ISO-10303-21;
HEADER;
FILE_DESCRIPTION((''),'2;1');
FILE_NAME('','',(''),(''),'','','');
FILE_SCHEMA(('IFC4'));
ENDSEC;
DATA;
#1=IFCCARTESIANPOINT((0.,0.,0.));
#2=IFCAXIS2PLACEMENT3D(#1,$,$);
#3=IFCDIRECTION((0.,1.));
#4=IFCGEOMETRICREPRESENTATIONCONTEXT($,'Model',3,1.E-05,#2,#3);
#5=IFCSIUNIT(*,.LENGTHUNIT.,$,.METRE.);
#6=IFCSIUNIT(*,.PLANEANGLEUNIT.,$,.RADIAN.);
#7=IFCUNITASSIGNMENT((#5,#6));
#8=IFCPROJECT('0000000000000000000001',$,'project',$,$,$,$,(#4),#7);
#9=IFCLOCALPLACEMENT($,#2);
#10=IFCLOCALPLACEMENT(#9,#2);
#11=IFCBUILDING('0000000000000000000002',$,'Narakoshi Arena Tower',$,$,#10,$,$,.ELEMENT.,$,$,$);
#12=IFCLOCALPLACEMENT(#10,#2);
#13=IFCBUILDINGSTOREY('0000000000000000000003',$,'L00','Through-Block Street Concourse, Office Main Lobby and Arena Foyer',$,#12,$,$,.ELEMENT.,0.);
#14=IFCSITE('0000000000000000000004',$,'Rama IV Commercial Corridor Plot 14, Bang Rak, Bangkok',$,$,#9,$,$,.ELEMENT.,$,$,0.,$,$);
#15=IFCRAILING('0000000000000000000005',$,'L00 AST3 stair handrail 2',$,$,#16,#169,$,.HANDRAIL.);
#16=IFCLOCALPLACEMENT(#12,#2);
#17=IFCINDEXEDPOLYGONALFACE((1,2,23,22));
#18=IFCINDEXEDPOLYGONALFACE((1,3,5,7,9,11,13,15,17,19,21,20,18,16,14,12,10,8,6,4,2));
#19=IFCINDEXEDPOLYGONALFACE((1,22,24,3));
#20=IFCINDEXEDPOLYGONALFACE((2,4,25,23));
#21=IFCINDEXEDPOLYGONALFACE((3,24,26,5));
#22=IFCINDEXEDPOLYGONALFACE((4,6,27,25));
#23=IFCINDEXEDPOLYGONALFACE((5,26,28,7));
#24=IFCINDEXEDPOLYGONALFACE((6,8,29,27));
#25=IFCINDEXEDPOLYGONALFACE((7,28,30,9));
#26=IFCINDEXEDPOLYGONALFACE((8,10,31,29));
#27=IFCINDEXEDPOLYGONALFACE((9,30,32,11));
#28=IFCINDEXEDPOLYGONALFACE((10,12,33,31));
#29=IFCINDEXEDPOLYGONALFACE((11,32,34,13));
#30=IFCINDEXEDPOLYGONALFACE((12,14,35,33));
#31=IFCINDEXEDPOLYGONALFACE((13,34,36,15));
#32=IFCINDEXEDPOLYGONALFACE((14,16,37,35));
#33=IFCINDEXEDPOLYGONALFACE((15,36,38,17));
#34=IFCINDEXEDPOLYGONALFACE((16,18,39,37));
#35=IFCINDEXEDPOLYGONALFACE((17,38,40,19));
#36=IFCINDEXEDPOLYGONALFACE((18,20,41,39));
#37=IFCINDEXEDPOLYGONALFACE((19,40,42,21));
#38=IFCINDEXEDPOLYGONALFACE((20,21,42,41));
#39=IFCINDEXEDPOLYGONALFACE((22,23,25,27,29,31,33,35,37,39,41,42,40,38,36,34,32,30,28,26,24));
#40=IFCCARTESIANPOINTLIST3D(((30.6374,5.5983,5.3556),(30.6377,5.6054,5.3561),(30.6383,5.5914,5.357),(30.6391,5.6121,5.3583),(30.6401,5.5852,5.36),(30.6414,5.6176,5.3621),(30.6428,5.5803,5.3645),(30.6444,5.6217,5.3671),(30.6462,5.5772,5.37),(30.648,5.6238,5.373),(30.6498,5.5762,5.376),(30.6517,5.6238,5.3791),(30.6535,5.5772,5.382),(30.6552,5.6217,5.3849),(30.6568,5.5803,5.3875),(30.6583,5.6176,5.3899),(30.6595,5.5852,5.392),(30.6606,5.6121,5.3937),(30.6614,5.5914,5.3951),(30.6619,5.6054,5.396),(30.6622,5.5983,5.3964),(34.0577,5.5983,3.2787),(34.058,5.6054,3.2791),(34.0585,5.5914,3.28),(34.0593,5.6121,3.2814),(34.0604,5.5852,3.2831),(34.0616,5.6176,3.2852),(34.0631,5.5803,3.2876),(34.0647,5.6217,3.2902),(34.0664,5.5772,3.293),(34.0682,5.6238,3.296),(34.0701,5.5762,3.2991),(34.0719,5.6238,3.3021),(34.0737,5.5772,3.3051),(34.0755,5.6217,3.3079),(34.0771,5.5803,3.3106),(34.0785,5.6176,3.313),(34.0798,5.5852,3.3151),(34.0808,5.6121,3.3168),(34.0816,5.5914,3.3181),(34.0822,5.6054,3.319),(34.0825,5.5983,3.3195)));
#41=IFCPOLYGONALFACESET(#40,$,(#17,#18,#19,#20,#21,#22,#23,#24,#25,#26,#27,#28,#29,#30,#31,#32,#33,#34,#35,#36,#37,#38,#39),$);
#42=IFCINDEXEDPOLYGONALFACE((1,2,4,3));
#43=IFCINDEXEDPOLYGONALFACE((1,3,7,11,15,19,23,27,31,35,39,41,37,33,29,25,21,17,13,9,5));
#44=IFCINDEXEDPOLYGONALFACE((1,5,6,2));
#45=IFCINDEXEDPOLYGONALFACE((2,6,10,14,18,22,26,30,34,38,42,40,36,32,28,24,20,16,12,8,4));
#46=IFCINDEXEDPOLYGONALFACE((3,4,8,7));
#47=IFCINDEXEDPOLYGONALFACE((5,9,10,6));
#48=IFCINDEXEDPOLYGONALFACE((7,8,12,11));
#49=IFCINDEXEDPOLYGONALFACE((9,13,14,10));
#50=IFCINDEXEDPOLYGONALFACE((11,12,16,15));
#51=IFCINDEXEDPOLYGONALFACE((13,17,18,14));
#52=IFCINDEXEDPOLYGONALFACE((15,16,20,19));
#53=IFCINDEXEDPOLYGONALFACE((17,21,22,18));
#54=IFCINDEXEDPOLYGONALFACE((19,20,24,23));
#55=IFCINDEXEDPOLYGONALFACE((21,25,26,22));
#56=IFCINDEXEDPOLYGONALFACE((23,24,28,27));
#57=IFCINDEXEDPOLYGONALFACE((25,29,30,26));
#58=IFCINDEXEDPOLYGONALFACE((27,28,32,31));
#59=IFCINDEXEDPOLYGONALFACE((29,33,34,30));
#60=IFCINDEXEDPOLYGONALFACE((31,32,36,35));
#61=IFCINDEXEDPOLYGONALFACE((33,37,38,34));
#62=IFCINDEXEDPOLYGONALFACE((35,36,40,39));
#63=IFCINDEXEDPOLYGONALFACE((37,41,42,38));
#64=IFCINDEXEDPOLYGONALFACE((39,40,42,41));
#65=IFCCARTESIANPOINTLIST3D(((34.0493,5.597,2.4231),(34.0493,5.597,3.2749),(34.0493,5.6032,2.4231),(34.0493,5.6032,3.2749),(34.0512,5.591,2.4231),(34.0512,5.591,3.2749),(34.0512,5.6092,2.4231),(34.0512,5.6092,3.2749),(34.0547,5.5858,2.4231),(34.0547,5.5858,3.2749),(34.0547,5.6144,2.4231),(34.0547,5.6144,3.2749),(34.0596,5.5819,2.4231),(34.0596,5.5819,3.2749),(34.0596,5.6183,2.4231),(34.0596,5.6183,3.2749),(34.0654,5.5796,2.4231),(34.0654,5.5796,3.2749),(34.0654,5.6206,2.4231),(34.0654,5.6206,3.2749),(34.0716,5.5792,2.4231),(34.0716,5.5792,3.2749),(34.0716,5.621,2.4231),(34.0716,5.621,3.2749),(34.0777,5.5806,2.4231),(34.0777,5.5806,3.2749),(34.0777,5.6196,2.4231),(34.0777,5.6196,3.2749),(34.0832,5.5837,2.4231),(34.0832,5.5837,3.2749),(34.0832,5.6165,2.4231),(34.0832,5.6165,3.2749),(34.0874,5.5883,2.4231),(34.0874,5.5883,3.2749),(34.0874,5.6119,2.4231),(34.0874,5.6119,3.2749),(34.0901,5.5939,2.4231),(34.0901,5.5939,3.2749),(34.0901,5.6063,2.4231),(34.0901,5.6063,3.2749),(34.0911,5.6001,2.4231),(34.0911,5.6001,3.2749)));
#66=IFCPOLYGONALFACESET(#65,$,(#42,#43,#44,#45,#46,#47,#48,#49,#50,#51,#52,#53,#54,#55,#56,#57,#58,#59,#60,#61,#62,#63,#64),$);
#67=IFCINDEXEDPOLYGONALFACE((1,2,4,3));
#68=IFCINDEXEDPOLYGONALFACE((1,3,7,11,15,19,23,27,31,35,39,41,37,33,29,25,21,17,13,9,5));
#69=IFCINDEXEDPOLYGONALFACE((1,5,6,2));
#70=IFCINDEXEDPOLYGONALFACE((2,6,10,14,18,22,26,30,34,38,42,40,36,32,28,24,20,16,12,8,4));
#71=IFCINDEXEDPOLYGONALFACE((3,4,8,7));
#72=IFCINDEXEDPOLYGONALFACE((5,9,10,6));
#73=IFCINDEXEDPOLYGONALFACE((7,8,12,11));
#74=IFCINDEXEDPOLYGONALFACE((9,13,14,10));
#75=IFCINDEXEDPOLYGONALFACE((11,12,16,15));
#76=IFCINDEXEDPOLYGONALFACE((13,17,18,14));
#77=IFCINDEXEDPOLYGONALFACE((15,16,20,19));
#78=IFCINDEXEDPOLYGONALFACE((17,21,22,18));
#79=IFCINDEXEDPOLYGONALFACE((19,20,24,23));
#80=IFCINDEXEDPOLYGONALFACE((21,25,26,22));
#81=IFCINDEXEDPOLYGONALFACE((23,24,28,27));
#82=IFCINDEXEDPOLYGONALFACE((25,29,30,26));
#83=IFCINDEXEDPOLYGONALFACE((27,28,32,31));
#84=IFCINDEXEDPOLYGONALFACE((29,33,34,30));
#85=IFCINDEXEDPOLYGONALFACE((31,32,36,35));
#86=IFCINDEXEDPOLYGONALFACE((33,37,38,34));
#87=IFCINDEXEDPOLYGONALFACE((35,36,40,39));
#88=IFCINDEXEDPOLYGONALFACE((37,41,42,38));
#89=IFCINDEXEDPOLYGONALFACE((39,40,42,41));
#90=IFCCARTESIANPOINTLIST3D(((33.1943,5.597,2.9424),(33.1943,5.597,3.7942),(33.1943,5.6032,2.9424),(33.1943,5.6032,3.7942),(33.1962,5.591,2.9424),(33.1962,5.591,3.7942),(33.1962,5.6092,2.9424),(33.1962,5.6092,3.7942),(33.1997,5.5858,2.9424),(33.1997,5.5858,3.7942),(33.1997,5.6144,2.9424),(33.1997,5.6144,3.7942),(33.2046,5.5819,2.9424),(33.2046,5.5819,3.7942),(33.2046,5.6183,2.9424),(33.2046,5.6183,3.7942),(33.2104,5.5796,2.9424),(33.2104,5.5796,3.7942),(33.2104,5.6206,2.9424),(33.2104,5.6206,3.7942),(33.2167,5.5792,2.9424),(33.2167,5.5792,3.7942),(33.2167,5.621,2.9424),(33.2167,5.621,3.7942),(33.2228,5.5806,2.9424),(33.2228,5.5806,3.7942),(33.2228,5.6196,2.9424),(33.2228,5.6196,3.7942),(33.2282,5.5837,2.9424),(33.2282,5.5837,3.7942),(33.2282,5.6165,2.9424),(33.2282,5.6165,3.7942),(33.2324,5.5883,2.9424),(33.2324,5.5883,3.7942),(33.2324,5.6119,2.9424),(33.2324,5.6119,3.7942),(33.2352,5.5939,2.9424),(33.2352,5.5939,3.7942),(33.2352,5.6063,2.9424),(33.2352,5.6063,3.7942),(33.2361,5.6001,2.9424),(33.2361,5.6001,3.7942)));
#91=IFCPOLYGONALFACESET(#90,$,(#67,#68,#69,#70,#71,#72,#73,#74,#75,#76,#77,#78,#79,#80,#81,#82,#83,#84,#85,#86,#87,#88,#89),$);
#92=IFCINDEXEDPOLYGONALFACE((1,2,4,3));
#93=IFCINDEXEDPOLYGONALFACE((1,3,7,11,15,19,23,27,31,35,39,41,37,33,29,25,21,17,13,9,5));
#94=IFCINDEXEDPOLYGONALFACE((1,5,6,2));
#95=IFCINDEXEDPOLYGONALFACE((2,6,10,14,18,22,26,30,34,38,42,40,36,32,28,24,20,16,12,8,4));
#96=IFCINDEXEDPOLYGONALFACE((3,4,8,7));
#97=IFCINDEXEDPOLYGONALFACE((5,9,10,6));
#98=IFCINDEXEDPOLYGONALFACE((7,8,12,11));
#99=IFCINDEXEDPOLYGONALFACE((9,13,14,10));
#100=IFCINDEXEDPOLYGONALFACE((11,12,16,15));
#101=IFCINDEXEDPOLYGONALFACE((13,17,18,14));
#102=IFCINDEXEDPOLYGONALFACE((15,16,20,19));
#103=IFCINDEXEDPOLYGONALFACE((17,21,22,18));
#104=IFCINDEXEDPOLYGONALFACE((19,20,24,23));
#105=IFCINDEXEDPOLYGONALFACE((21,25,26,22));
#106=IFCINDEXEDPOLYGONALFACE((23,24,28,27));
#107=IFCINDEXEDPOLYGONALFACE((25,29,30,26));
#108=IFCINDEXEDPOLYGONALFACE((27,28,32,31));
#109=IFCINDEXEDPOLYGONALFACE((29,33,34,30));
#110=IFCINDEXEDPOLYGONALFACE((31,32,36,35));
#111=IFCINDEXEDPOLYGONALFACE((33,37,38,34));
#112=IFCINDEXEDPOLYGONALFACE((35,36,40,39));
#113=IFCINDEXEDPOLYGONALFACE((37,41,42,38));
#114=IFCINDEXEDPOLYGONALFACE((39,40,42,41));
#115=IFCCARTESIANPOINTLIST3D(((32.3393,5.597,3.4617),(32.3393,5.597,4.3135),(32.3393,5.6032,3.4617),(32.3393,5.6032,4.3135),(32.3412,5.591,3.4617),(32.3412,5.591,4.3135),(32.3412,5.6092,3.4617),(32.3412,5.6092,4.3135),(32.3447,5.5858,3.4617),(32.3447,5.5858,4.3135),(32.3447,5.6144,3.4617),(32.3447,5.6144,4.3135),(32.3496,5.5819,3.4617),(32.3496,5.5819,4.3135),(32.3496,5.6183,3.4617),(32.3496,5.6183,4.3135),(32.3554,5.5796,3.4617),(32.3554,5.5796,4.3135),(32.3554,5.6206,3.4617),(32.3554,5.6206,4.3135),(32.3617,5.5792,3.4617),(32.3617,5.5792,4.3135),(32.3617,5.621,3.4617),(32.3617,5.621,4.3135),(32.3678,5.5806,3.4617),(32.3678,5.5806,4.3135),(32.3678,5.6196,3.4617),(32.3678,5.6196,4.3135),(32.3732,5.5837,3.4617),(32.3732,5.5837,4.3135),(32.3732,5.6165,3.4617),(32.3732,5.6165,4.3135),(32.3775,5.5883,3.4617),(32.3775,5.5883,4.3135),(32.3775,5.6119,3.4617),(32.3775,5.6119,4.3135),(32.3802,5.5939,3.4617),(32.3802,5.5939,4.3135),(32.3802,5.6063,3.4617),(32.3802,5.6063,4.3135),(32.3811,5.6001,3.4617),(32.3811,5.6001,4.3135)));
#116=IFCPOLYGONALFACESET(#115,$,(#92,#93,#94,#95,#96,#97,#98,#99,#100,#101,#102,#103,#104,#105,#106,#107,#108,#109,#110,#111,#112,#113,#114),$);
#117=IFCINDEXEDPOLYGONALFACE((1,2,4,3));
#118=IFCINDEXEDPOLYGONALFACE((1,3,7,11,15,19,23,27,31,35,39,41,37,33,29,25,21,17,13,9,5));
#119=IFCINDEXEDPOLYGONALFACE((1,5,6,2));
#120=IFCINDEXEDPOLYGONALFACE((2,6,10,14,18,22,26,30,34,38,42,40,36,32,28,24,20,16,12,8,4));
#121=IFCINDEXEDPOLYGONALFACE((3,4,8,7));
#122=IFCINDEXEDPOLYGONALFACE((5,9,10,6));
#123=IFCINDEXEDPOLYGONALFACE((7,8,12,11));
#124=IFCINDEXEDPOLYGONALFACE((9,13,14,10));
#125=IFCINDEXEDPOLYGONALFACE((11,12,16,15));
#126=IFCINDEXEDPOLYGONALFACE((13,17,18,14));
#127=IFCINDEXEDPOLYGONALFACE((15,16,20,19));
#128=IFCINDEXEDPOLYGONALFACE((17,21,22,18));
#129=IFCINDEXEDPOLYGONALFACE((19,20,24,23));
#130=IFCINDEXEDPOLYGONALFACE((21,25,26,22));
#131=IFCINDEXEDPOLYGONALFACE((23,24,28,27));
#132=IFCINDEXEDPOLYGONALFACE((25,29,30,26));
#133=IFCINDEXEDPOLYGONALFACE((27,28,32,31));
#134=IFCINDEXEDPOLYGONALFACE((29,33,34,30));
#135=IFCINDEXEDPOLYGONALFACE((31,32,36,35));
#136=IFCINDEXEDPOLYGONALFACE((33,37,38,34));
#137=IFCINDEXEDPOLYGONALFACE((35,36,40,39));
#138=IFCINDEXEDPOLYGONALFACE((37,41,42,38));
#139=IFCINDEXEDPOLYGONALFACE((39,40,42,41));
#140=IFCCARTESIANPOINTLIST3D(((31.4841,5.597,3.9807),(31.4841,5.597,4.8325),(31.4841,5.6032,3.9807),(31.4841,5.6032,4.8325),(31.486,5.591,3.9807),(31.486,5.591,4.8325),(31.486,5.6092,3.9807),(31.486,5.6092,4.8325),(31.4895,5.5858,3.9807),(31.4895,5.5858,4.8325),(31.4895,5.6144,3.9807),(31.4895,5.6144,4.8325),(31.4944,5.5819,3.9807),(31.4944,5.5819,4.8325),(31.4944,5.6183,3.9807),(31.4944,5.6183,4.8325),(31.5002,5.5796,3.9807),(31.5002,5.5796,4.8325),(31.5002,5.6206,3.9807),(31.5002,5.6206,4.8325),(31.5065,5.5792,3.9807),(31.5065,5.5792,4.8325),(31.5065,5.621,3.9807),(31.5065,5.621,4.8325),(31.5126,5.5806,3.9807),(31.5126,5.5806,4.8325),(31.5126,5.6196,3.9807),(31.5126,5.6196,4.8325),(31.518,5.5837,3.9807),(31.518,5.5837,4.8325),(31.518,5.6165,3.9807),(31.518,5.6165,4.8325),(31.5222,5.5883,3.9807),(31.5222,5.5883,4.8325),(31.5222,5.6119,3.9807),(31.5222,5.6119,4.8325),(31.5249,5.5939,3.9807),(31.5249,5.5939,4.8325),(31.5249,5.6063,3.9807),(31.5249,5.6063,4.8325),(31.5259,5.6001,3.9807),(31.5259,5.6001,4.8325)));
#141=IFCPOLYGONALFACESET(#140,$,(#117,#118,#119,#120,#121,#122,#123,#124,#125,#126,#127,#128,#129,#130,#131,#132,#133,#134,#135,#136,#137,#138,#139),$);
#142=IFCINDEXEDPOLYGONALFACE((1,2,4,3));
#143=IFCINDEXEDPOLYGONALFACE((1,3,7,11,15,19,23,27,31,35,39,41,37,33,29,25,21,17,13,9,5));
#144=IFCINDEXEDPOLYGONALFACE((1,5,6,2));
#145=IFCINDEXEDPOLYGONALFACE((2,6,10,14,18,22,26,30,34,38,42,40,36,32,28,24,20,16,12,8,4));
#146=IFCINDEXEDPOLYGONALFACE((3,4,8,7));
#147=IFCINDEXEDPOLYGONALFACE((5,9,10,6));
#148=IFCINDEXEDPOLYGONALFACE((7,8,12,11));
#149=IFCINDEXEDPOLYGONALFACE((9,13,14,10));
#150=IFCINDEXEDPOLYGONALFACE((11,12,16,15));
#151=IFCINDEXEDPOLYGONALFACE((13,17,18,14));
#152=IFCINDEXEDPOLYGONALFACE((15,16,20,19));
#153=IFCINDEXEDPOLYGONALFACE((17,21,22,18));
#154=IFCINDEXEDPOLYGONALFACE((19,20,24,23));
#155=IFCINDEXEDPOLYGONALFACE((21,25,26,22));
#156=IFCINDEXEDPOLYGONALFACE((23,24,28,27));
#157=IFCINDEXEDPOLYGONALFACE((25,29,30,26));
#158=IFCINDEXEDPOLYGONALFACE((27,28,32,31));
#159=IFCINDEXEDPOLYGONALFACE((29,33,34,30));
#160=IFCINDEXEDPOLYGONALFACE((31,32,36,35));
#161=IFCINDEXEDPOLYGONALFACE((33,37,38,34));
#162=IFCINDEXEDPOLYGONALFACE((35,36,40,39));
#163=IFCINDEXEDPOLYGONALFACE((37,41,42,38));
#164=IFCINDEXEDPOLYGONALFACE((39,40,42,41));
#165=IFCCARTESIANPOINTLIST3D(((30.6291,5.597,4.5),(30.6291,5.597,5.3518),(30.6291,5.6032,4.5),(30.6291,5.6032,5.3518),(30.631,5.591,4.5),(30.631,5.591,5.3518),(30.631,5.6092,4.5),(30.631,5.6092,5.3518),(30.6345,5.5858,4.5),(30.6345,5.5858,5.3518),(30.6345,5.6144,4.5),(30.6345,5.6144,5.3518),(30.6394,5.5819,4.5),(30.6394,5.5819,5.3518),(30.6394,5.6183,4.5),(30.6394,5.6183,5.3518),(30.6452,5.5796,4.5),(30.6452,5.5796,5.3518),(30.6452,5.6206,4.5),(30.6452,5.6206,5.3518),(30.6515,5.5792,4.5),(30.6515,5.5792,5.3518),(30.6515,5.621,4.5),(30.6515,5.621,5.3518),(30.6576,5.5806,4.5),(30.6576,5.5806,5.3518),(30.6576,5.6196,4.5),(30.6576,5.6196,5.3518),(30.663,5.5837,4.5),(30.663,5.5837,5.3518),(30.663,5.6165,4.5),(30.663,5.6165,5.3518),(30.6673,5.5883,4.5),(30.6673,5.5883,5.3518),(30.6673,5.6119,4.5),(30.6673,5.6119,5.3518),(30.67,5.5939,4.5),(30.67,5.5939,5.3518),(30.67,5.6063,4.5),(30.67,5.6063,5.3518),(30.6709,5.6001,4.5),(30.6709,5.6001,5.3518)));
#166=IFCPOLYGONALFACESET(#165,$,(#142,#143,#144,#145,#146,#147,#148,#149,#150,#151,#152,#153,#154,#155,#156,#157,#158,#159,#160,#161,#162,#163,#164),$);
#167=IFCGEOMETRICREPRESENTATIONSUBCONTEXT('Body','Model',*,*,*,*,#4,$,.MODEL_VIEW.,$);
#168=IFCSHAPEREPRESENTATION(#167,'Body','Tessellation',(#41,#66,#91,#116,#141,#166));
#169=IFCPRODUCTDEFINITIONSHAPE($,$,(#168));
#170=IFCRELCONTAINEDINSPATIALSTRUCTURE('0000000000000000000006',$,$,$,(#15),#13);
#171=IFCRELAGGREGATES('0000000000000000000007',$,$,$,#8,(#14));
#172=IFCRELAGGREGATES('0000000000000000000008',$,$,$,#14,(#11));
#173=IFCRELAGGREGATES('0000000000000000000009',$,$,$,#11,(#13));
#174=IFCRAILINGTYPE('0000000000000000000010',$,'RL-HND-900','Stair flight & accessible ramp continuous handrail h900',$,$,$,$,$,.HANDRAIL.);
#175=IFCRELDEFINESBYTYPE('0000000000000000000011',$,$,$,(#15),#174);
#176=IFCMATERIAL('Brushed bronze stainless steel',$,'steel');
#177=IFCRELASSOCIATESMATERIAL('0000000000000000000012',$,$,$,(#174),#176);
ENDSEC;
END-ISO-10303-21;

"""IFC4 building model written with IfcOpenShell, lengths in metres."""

from ifc_helpers import new_model, si_unit, direction, frame, origin, origin_2d, place, context, subcontext, project, spatial, circle, extrude, material, type_object, element, save


model = new_model("IFC4")

# Units and contexts
model_context = context("Model", 3, precision=1e-05, world=origin(), true_north=direction((0.0, 1.0)))
body_context = subcontext(model_context, "Body", "Model", "MODEL_VIEW")
ifc_project = project(units=[si_unit("LENGTHUNIT", "METRE"), si_unit("PLANEANGLEUNIT", "RADIAN")], contexts=[model_context])

# Site, building, storey
site_placement = place(None, origin())
site = spatial("IfcSite", under=ifc_project, at=site_placement, Name="Rama IV Commercial Corridor Plot 14, Bang Rak, Bangkok", CompositionType="ELEMENT", RefElevation=0.0)
building_placement = place(site_placement, origin())
building = spatial("IfcBuilding", under=site, at=building_placement, Name="Narakoshi Arena Tower", CompositionType="ELEMENT")
storey_placement = place(building_placement, origin())
storey = spatial("IfcBuildingStorey", under=building, at=storey_placement, Name="L00", Description="Through-Block Street Concourse, Office Main Lobby and Arena Foyer", CompositionType="ELEMENT", Elevation=0.0)

# Railing
ifc_material_1 = material(Name="Brushed bronze stainless steel", Category="steel")
railing_type_1 = type_object("IfcRailingType", Name="RL-HND-900", Description="Stair flight & accessible ramp continuous handrail h900", PredefinedType="HANDRAIL", material=ifc_material_1)
railing_1_placement = place(storey_placement, frame((34.0701, 5.6001, 2.4231)))
element("IfcRailing", 1, at=railing_1_placement, inside=storey, type_object=railing_type_1, Name="L00 AST3 stair handrail 2", PredefinedType="HANDRAIL", context=body_context, shape_type="SweptSolid", body=[
    extrude(circle(Radius=0.0239, at=origin_2d()), frame((0.0, 0.0, 0.876), z_axis=(-0.854746, 0.0, 0.519047), x_axis=(0.0, -1.0, 0.0)), (0.0, 0.0, 1.0), 4.0015),
    extrude(circle(Radius=0.021, at=origin_2d()), origin(), (0.0, 0.0, 1.0), 0.8518),
    extrude(circle(Radius=0.021, at=origin_2d()), frame((-0.855, 0.0, 0.5193)), (0.0, 0.0, 1.0), 0.8518),
    extrude(circle(Radius=0.021, at=origin_2d()), frame((-1.71, 0.0, 1.0386)), (0.0, 0.0, 1.0), 0.8518),
    extrude(circle(Radius=0.021, at=origin_2d()), frame((-2.5652, 0.0, 1.5576)), (0.0, 0.0, 1.0), 0.8518),
    extrude(circle(Radius=0.021, at=origin_2d()), frame((-3.4202, 0.0, 2.0769)), (0.0, 0.0, 1.0), 0.8518),
])

save(model, "model.ifc")
